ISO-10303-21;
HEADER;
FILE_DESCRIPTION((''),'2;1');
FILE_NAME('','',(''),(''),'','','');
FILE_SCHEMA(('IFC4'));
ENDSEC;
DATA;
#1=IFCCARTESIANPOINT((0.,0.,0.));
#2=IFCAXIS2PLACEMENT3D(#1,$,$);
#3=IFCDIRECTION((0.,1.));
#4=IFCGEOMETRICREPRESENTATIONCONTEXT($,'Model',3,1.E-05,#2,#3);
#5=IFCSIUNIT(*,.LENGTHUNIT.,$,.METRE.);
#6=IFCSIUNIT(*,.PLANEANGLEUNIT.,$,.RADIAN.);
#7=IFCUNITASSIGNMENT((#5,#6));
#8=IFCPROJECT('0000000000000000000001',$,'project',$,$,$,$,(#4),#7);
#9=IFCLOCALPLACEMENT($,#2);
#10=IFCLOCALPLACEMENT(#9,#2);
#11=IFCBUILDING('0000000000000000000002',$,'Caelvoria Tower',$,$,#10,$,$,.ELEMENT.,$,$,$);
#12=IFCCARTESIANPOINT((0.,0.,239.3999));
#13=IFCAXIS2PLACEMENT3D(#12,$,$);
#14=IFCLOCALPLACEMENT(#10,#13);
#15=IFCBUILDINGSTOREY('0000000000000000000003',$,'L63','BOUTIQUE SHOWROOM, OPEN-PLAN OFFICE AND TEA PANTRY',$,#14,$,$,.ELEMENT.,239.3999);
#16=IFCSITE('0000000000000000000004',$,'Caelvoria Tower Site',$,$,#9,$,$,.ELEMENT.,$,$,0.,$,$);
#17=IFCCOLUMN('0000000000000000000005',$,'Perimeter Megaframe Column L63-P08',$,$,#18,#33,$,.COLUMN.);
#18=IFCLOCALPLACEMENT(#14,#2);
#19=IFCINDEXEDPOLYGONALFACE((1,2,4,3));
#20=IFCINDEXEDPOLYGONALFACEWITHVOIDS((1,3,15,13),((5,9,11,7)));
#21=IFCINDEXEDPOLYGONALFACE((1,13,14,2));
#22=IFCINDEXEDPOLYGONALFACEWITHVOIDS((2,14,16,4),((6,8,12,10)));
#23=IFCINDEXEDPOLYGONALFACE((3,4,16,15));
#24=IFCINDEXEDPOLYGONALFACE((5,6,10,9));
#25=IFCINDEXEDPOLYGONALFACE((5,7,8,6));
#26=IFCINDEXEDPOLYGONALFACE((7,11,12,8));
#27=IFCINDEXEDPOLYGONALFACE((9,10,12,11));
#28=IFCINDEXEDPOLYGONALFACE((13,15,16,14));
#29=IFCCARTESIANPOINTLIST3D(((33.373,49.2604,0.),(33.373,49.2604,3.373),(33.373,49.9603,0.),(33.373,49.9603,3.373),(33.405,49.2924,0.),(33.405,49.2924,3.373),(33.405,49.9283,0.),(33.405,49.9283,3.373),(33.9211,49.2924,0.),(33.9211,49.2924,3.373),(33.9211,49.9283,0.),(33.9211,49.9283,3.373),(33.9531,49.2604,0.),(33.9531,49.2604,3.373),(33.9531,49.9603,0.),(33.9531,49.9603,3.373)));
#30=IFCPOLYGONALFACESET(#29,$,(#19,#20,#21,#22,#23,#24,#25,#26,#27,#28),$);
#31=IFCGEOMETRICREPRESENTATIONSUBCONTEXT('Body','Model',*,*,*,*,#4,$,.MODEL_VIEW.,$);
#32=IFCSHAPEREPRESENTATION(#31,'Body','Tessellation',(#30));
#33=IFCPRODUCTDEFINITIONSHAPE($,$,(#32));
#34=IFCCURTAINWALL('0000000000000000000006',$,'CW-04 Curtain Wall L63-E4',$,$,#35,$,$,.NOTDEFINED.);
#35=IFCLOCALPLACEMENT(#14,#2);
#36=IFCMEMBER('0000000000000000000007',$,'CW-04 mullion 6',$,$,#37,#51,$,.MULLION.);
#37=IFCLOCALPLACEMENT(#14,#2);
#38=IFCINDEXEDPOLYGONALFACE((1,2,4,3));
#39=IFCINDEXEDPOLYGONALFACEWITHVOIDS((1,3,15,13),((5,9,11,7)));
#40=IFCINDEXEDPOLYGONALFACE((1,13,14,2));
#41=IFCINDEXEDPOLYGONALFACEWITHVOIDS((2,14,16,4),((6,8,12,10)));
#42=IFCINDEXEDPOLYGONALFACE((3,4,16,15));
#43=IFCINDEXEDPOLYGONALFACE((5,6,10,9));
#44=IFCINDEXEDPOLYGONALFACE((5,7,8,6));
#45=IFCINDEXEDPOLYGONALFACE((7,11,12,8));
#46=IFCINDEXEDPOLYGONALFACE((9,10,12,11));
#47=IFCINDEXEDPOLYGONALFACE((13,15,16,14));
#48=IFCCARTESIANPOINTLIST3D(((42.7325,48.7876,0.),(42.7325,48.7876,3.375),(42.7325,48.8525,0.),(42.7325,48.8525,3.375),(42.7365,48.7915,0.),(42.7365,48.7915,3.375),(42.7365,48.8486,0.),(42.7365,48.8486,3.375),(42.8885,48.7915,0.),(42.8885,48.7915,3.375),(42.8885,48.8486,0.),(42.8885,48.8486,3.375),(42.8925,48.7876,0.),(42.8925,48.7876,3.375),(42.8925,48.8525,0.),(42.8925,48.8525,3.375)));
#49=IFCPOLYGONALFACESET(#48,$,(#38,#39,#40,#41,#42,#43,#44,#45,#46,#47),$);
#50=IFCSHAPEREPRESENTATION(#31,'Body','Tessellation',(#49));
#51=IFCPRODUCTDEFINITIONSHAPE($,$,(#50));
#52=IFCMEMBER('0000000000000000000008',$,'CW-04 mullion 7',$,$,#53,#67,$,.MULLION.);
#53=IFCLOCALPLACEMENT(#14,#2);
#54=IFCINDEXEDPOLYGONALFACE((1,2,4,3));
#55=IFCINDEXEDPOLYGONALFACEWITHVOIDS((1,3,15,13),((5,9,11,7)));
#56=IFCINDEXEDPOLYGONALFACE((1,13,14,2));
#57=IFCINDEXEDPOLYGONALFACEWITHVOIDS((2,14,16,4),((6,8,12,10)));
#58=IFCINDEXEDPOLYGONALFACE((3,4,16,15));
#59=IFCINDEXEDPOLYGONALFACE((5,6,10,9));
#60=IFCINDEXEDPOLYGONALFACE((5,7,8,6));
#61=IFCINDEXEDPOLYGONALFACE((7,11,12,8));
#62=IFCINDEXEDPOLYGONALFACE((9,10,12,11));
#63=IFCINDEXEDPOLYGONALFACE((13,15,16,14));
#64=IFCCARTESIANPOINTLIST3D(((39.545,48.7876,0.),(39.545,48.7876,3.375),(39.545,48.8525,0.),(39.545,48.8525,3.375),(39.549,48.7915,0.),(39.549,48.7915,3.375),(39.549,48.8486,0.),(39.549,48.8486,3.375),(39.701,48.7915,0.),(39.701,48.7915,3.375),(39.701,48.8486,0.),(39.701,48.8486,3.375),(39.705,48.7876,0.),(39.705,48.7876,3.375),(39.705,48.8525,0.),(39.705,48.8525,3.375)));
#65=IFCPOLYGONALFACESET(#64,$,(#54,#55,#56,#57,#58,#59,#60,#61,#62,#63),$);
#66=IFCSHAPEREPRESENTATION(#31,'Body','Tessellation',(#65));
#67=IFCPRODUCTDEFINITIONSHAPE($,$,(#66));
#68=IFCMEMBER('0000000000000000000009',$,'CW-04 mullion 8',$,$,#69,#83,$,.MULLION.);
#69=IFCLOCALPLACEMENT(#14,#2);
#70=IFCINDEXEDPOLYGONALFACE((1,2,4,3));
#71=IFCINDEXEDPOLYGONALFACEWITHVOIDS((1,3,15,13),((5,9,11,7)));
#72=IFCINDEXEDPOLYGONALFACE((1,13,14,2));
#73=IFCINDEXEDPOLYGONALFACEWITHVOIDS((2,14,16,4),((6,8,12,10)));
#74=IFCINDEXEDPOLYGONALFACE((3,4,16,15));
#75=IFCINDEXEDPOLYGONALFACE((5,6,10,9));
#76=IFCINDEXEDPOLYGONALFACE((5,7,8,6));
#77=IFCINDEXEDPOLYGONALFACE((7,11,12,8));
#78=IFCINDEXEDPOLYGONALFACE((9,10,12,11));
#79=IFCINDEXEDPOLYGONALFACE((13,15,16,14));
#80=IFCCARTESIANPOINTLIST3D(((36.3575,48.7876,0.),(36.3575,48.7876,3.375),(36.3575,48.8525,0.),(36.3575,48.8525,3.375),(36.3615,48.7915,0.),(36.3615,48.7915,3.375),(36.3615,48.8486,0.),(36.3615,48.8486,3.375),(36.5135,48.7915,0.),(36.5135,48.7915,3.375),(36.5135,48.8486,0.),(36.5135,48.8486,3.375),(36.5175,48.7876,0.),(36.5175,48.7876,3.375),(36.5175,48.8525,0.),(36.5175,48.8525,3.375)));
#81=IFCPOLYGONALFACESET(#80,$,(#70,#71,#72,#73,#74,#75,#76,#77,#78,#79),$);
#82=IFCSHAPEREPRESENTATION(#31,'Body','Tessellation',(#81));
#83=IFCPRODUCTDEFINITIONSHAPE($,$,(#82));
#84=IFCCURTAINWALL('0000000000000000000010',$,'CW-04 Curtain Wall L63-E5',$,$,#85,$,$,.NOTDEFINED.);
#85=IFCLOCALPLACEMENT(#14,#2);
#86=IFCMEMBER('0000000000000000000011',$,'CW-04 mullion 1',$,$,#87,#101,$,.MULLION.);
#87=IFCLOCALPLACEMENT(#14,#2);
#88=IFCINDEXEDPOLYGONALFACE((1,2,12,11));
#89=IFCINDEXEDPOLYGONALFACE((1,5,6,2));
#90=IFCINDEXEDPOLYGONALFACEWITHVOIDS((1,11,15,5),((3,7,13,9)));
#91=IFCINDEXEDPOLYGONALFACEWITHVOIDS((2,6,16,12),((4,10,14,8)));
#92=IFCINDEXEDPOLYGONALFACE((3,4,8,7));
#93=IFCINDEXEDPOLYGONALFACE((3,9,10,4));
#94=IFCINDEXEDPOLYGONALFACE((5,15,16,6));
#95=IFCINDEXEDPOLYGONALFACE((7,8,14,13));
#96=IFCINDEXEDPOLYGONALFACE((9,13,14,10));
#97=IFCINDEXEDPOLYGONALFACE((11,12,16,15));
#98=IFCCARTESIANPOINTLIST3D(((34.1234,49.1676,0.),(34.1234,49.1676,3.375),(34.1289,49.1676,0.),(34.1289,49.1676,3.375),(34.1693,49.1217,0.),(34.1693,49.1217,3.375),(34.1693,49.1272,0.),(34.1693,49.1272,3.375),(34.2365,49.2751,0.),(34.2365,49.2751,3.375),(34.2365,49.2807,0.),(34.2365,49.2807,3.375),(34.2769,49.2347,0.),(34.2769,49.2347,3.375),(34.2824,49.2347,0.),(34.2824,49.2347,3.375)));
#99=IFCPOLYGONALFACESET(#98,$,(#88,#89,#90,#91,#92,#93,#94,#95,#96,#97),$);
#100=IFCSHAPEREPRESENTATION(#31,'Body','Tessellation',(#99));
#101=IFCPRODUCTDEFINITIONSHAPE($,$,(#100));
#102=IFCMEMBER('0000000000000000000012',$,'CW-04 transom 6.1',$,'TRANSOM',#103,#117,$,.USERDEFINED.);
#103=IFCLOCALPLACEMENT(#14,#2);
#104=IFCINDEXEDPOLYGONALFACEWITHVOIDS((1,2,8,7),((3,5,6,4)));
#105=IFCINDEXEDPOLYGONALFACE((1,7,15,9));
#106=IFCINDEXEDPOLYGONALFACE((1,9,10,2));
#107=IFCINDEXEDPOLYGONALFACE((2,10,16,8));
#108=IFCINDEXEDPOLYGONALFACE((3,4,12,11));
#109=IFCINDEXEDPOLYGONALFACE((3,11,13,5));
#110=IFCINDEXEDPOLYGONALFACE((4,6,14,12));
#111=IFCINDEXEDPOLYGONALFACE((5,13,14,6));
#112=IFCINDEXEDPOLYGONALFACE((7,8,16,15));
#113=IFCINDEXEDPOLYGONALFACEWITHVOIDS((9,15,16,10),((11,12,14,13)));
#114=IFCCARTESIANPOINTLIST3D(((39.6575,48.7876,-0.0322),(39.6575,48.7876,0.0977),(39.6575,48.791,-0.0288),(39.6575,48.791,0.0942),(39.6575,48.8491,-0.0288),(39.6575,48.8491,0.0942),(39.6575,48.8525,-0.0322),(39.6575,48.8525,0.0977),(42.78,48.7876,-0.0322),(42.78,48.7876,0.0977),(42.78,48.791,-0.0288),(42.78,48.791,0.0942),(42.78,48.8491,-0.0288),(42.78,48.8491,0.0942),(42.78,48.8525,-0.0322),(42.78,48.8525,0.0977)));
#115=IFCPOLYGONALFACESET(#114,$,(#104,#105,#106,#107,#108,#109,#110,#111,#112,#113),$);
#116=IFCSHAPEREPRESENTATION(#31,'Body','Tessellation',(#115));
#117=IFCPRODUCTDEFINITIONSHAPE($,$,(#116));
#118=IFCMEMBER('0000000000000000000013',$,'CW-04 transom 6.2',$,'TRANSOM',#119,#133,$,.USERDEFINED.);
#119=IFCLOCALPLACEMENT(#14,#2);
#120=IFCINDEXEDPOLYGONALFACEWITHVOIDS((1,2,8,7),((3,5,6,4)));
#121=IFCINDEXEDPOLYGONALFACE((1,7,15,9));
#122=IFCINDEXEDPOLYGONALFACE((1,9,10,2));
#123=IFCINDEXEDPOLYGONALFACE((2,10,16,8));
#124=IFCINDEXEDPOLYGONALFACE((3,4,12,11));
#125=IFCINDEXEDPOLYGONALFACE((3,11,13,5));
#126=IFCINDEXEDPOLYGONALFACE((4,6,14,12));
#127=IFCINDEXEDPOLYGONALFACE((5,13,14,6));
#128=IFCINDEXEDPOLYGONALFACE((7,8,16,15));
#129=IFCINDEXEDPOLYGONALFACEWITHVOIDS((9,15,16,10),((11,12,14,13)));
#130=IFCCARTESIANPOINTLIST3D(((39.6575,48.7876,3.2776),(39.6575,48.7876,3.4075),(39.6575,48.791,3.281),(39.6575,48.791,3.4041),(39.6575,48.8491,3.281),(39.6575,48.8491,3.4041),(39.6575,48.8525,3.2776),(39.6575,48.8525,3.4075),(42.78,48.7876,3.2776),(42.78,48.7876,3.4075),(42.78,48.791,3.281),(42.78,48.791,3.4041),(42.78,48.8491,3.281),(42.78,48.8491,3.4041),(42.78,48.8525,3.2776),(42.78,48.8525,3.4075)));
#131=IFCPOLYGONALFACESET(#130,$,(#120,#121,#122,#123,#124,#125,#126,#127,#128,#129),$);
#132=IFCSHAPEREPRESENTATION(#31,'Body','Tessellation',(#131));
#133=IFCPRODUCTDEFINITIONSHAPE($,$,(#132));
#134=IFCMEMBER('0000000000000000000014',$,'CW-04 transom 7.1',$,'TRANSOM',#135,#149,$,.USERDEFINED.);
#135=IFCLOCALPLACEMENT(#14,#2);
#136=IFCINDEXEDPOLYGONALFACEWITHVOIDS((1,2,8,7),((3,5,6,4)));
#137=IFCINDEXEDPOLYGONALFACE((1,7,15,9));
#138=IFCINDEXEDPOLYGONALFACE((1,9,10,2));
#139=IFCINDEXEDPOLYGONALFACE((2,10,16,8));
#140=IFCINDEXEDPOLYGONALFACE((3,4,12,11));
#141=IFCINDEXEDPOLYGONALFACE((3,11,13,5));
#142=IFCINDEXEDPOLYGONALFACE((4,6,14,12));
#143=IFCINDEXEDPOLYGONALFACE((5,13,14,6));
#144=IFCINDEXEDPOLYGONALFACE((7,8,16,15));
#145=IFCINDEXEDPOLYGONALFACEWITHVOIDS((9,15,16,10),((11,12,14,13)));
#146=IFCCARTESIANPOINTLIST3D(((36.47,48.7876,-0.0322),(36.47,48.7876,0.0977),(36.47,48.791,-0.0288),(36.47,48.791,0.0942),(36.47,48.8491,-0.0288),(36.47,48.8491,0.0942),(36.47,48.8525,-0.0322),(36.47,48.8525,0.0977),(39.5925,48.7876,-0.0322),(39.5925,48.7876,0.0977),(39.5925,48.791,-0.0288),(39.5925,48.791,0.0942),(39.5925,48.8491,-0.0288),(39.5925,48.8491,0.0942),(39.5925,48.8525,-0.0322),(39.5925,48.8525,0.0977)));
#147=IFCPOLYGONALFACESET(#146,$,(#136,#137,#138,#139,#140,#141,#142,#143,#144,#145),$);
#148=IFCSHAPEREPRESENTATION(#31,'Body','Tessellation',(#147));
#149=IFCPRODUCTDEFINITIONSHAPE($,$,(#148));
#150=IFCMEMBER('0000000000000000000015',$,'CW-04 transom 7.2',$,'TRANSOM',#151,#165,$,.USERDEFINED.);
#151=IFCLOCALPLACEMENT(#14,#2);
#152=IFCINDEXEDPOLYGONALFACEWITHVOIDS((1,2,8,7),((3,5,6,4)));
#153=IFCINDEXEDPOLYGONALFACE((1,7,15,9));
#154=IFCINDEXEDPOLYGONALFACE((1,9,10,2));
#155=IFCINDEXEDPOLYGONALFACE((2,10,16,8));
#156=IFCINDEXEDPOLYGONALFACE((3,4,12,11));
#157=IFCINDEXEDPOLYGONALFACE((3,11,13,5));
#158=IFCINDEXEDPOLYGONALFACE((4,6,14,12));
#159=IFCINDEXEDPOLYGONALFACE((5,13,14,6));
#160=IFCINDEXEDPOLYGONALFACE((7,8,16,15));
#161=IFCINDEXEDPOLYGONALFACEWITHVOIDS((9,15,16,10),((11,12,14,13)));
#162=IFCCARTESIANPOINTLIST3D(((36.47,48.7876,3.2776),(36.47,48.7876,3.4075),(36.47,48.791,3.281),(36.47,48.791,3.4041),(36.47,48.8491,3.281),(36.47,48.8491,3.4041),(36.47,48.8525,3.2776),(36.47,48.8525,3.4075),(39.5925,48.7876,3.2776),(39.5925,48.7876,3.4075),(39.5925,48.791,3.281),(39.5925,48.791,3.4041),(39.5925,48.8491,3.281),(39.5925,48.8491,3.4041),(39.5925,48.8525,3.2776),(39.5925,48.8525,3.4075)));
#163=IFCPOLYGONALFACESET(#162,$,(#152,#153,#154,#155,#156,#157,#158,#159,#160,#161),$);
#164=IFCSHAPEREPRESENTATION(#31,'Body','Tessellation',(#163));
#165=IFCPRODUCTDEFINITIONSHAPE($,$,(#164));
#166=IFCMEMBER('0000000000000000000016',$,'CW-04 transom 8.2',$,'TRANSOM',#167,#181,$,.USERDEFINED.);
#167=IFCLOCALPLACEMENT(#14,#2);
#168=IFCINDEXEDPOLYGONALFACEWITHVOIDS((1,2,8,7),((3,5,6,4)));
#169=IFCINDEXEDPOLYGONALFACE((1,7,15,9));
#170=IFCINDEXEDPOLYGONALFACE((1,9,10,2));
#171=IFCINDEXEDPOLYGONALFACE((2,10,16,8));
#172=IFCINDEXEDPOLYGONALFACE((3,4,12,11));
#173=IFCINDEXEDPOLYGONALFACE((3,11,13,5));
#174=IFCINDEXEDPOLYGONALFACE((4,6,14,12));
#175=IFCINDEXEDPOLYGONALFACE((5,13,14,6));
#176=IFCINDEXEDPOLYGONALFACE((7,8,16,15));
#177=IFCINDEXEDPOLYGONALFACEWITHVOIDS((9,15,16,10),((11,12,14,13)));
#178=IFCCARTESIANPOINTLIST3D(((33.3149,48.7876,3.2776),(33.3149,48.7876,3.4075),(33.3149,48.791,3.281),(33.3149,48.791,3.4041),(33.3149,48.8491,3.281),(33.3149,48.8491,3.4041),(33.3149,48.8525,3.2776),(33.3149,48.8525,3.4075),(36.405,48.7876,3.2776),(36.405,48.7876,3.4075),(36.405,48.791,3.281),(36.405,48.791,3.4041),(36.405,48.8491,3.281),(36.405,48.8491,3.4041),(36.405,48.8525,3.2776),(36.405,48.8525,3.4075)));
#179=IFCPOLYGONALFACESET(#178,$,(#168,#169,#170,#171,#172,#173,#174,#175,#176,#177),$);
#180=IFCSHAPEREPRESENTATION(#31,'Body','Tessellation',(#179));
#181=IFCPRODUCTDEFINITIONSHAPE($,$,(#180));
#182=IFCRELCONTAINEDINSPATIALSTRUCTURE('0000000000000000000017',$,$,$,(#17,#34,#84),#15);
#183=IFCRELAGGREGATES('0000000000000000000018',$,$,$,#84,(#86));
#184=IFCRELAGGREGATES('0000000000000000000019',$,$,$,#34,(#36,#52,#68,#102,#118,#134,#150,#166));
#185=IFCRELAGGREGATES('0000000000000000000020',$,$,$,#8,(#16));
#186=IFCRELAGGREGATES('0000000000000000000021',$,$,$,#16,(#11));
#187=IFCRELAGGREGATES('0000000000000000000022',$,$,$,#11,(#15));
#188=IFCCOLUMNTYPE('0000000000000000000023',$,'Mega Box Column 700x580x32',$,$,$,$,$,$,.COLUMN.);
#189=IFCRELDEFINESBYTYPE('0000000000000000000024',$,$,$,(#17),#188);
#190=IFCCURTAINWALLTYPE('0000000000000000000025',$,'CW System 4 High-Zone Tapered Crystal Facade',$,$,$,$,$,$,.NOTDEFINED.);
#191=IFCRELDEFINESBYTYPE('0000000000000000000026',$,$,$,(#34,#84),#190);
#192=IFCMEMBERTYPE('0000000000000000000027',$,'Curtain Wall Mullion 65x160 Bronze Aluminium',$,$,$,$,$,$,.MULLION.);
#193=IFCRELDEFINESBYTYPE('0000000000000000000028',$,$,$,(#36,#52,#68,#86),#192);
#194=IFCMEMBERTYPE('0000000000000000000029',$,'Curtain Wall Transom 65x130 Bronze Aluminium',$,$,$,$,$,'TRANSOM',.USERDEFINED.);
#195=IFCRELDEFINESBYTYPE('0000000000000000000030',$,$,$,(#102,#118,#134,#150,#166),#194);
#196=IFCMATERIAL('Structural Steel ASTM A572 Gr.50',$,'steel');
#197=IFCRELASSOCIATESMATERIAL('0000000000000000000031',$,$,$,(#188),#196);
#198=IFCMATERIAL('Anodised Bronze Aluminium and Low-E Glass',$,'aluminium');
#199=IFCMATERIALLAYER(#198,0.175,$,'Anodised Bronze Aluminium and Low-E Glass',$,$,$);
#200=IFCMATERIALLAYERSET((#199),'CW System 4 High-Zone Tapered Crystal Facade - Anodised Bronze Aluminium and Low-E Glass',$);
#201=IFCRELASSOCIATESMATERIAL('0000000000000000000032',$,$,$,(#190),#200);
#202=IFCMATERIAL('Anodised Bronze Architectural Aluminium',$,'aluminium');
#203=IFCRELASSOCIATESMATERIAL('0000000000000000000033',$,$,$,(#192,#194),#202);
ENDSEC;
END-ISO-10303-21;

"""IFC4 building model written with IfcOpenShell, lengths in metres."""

from ifc_helpers import new_model, si_unit, direction, frame, origin, origin_2d, place, context, subcontext, project, spatial, hollow_rectangle, extrude, material, layer, layer_set, material_profile, profile_set, type_object, element, aggregate, save


model = new_model("IFC4")

# Units and contexts
model_context = context("Model", 3, precision=1e-05, world=origin(), true_north=direction((0.0, 1.0)))
body_context = subcontext(model_context, "Body", "Model", "MODEL_VIEW")
ifc_project = project(units=[si_unit("LENGTHUNIT", "METRE"), si_unit("PLANEANGLEUNIT", "RADIAN")], contexts=[model_context])

# Site, building, storey
site_placement = place(None, origin())
site = spatial("IfcSite", under=ifc_project, at=site_placement, Name="Caelvoria Tower Site", CompositionType="ELEMENT", RefElevation=0.0)
building_placement = place(site_placement, origin())
building = spatial("IfcBuilding", under=site, at=building_placement, Name="Caelvoria Tower", CompositionType="ELEMENT")
storey_placement = place(building_placement, frame((0.0, 0.0, 239.3999)))
storey = spatial("IfcBuildingStorey", under=building, at=storey_placement, Name="L63", Description="BOUTIQUE SHOWROOM, OPEN-PLAN OFFICE AND TEA PANTRY", CompositionType="ELEMENT", Elevation=239.3999)

# Column
ifc_material_1 = material(Name="Structural Steel ASTM A572 Gr.50", Category="steel")
ifc_material_profile_1 = material_profile(ifc_material_1, hollow_rectangle(XDim=0.5801, YDim=0.7, WallThickness=0.032, at=origin_2d()), Name="Structural Steel ASTM A572 Gr.50")
ifc_profile_set_1 = profile_set([ifc_material_profile_1], Name="BOX700X580X32 - Structural Steel ASTM A572 Gr.50")
column_type = type_object("IfcColumnType", Name="Mega Box Column 700x580x32", PredefinedType="COLUMN", material=ifc_profile_set_1)
column_placement = place(storey_placement, frame((33.6631, 49.6104, 0.0), z_axis=(0.0, 0.0, 1.0), x_axis=(1.0, 0.0, 0.0)))
element("IfcColumn", 1, at=column_placement, inside=storey, type_object=column_type, Name="Perimeter Megaframe Column L63-P08", PredefinedType="COLUMN", context=body_context, shape_type="SweptSolid", body=[
    extrude(hollow_rectangle(XDim=0.5801, YDim=0.7, WallThickness=0.032, at=origin_2d()), origin(), (0.0, 0.0, 1.0), 3.373),
])

# Curtain wall, members
ifc_material_2 = material(Name="Anodised Bronze Aluminium and Low-E Glass", Category="aluminium")
ifc_layer_1 = layer(ifc_material_2, 0.175, Name="Anodised Bronze Aluminium and Low-E Glass")
ifc_layer_set_1 = layer_set([ifc_layer_1], Name="CW System 4 High-Zone Tapered Crystal Facade - Anodised Bronze Aluminium and Low-E Glass")
curtain_wall_type = type_object("IfcCurtainWallType", Name="CW System 4 High-Zone Tapered Crystal Facade", PredefinedType="NOTDEFINED", material=ifc_layer_set_1)
curtain_wall_1_placement = place(storey_placement, origin())
curtain_wall_1 = element("IfcCurtainWall", 2, at=curtain_wall_1_placement, inside=storey, type_object=curtain_wall_type, Name="CW-04 Curtain Wall L63-E4", PredefinedType="NOTDEFINED")
ifc_material_3 = material(Name="Anodised Bronze Architectural Aluminium", Category="aluminium")
ifc_material_profile_2 = material_profile(ifc_material_3, hollow_rectangle(XDim=0.0649, YDim=0.1599, WallThickness=0.0039, at=origin_2d()), Name="Anodised Bronze Architectural Aluminium")
ifc_profile_set_2 = profile_set([ifc_material_profile_2], Name="CW_MULL_65X160 - Anodised Bronze Architectural Aluminium")
member_type_1 = type_object("IfcMemberType", Name="Curtain Wall Mullion 65x160 Bronze Aluminium", PredefinedType="MULLION", material=ifc_profile_set_2)
member_1_placement = place(storey_placement, frame((42.8125, 48.8201, 0.0), z_axis=(0.0, 0.0, 1.0), x_axis=(0.0, -1.0, 0.0)))
member_1 = element("IfcMember", 3, at=member_1_placement, type_object=member_type_1, Name="CW-04 mullion 6", PredefinedType="MULLION", context=body_context, shape_type="SweptSolid", body=[
    extrude(hollow_rectangle(XDim=0.0649, YDim=0.1599, WallThickness=0.0039, at=origin_2d()), origin(), (0.0, 0.0, 1.0), 3.375),
])
member_2_placement = place(storey_placement, frame((39.625, 48.8201, 0.0), z_axis=(0.0, 0.0, 1.0), x_axis=(0.0, -1.0, 0.0)))
member_2 = element("IfcMember", 4, at=member_2_placement, type_object=member_type_1, Name="CW-04 mullion 7", PredefinedType="MULLION", context=body_context, shape_type="SweptSolid", body=[
    extrude(hollow_rectangle(XDim=0.0649, YDim=0.1599, WallThickness=0.0039, at=origin_2d()), origin(), (0.0, 0.0, 1.0), 3.375),
])
member_3_placement = place(storey_placement, frame((36.4375, 48.8201, 0.0), z_axis=(0.0, 0.0, 1.0), x_axis=(0.0, -1.0, 0.0)))
member_3 = element("IfcMember", 5, at=member_3_placement, type_object=member_type_1, Name="CW-04 mullion 8", PredefinedType="MULLION", context=body_context, shape_type="SweptSolid", body=[
    extrude(hollow_rectangle(XDim=0.0649, YDim=0.1599, WallThickness=0.0039, at=origin_2d()), origin(), (0.0, 0.0, 1.0), 3.375),
])

# Curtain wall, member
curtain_wall_2_placement = place(storey_placement, origin())
curtain_wall_2 = element("IfcCurtainWall", 6, at=curtain_wall_2_placement, inside=storey, type_object=curtain_wall_type, Name="CW-04 Curtain Wall L63-E5", PredefinedType="NOTDEFINED")
member_4_placement = place(storey_placement, frame((34.2029, 49.2012, 0.0), z_axis=(0.0, 0.0, 1.0), x_axis=(0.707107, -0.707107, 0.0)))
member_4 = element("IfcMember", 7, at=member_4_placement, type_object=member_type_1, Name="CW-04 mullion 1", PredefinedType="MULLION", context=body_context, shape_type="SweptSolid", body=[
    extrude(hollow_rectangle(XDim=0.0649, YDim=0.1599, WallThickness=0.0039, at=origin_2d()), origin(), (0.0, 0.0, 1.0), 3.375),
])

# Members
ifc_material_profile_3 = material_profile(ifc_material_3, hollow_rectangle(XDim=0.0649, YDim=0.1299, WallThickness=0.0034, at=origin_2d()), Name="Anodised Bronze Architectural Aluminium")
ifc_profile_set_3 = profile_set([ifc_material_profile_3], Name="CW_TRAN_65X130 - Anodised Bronze Architectural Aluminium")
member_type_2 = type_object("IfcMemberType", Name="Curtain Wall Transom 65x130 Bronze Aluminium", ElementType="TRANSOM", PredefinedType="USERDEFINED", material=ifc_profile_set_3)
member_5_placement = place(storey_placement, frame((42.78, 48.8201, 0.0327), z_axis=(-1.0, 0.0, 0.0), x_axis=(0.0, -1.0, 0.0)))
member_5 = element("IfcMember", 8, at=member_5_placement, type_object=member_type_2, Name="CW-04 transom 6.1", ObjectType="TRANSOM", PredefinedType="USERDEFINED", context=body_context, shape_type="SweptSolid", body=[
    extrude(hollow_rectangle(XDim=0.0649, YDim=0.1299, WallThickness=0.0034, at=origin_2d()), origin(), (0.0, 0.0, 1.0), 3.1226),
])
member_6_placement = place(storey_placement, frame((42.78, 48.8201, 3.3425), z_axis=(-1.0, 0.0, 0.0), x_axis=(0.0, -1.0, 0.0)))
member_6 = element("IfcMember", 9, at=member_6_placement, type_object=member_type_2, Name="CW-04 transom 6.2", ObjectType="TRANSOM", PredefinedType="USERDEFINED", context=body_context, shape_type="SweptSolid", body=[
    extrude(hollow_rectangle(XDim=0.0649, YDim=0.1299, WallThickness=0.0034, at=origin_2d()), origin(), (0.0, 0.0, 1.0), 3.1226),
])
member_7_placement = place(storey_placement, frame((39.5925, 48.8201, 0.0327), z_axis=(-1.0, 0.0, 0.0), x_axis=(0.0, -1.0, 0.0)))
member_7 = element("IfcMember", 10, at=member_7_placement, type_object=member_type_2, Name="CW-04 transom 7.1", ObjectType="TRANSOM", PredefinedType="USERDEFINED", context=body_context, shape_type="SweptSolid", body=[
    extrude(hollow_rectangle(XDim=0.0649, YDim=0.1299, WallThickness=0.0034, at=origin_2d()), origin(), (0.0, 0.0, 1.0), 3.1226),
])
member_8_placement = place(storey_placement, frame((39.5925, 48.8201, 3.3425), z_axis=(-1.0, 0.0, 0.0), x_axis=(0.0, -1.0, 0.0)))
member_8 = element("IfcMember", 11, at=member_8_placement, type_object=member_type_2, Name="CW-04 transom 7.2", ObjectType="TRANSOM", PredefinedType="USERDEFINED", context=body_context, shape_type="SweptSolid", body=[
    extrude(hollow_rectangle(XDim=0.0649, YDim=0.1299, WallThickness=0.0034, at=origin_2d()), origin(), (0.0, 0.0, 1.0), 3.1226),
])
member_9_placement = place(storey_placement, frame((36.405, 48.8201, 3.3425), z_axis=(-1.0, 0.0, 0.0), x_axis=(0.0, -1.0, 0.0)))
member_9 = element("IfcMember", 12, at=member_9_placement, type_object=member_type_2, Name="CW-04 transom 8.2", ObjectType="TRANSOM", PredefinedType="USERDEFINED", context=body_context, shape_type="SweptSolid", body=[
    extrude(hollow_rectangle(XDim=0.0649, YDim=0.1299, WallThickness=0.0034, at=origin_2d()), origin(), (0.0, 0.0, 1.0), 3.0901),
])
aggregate(curtain_wall_2, [member_4])

aggregate(curtain_wall_1, [member_1, member_2, member_3, member_5, member_6, member_7, member_8, member_9])

save(model, "model.ifc")
